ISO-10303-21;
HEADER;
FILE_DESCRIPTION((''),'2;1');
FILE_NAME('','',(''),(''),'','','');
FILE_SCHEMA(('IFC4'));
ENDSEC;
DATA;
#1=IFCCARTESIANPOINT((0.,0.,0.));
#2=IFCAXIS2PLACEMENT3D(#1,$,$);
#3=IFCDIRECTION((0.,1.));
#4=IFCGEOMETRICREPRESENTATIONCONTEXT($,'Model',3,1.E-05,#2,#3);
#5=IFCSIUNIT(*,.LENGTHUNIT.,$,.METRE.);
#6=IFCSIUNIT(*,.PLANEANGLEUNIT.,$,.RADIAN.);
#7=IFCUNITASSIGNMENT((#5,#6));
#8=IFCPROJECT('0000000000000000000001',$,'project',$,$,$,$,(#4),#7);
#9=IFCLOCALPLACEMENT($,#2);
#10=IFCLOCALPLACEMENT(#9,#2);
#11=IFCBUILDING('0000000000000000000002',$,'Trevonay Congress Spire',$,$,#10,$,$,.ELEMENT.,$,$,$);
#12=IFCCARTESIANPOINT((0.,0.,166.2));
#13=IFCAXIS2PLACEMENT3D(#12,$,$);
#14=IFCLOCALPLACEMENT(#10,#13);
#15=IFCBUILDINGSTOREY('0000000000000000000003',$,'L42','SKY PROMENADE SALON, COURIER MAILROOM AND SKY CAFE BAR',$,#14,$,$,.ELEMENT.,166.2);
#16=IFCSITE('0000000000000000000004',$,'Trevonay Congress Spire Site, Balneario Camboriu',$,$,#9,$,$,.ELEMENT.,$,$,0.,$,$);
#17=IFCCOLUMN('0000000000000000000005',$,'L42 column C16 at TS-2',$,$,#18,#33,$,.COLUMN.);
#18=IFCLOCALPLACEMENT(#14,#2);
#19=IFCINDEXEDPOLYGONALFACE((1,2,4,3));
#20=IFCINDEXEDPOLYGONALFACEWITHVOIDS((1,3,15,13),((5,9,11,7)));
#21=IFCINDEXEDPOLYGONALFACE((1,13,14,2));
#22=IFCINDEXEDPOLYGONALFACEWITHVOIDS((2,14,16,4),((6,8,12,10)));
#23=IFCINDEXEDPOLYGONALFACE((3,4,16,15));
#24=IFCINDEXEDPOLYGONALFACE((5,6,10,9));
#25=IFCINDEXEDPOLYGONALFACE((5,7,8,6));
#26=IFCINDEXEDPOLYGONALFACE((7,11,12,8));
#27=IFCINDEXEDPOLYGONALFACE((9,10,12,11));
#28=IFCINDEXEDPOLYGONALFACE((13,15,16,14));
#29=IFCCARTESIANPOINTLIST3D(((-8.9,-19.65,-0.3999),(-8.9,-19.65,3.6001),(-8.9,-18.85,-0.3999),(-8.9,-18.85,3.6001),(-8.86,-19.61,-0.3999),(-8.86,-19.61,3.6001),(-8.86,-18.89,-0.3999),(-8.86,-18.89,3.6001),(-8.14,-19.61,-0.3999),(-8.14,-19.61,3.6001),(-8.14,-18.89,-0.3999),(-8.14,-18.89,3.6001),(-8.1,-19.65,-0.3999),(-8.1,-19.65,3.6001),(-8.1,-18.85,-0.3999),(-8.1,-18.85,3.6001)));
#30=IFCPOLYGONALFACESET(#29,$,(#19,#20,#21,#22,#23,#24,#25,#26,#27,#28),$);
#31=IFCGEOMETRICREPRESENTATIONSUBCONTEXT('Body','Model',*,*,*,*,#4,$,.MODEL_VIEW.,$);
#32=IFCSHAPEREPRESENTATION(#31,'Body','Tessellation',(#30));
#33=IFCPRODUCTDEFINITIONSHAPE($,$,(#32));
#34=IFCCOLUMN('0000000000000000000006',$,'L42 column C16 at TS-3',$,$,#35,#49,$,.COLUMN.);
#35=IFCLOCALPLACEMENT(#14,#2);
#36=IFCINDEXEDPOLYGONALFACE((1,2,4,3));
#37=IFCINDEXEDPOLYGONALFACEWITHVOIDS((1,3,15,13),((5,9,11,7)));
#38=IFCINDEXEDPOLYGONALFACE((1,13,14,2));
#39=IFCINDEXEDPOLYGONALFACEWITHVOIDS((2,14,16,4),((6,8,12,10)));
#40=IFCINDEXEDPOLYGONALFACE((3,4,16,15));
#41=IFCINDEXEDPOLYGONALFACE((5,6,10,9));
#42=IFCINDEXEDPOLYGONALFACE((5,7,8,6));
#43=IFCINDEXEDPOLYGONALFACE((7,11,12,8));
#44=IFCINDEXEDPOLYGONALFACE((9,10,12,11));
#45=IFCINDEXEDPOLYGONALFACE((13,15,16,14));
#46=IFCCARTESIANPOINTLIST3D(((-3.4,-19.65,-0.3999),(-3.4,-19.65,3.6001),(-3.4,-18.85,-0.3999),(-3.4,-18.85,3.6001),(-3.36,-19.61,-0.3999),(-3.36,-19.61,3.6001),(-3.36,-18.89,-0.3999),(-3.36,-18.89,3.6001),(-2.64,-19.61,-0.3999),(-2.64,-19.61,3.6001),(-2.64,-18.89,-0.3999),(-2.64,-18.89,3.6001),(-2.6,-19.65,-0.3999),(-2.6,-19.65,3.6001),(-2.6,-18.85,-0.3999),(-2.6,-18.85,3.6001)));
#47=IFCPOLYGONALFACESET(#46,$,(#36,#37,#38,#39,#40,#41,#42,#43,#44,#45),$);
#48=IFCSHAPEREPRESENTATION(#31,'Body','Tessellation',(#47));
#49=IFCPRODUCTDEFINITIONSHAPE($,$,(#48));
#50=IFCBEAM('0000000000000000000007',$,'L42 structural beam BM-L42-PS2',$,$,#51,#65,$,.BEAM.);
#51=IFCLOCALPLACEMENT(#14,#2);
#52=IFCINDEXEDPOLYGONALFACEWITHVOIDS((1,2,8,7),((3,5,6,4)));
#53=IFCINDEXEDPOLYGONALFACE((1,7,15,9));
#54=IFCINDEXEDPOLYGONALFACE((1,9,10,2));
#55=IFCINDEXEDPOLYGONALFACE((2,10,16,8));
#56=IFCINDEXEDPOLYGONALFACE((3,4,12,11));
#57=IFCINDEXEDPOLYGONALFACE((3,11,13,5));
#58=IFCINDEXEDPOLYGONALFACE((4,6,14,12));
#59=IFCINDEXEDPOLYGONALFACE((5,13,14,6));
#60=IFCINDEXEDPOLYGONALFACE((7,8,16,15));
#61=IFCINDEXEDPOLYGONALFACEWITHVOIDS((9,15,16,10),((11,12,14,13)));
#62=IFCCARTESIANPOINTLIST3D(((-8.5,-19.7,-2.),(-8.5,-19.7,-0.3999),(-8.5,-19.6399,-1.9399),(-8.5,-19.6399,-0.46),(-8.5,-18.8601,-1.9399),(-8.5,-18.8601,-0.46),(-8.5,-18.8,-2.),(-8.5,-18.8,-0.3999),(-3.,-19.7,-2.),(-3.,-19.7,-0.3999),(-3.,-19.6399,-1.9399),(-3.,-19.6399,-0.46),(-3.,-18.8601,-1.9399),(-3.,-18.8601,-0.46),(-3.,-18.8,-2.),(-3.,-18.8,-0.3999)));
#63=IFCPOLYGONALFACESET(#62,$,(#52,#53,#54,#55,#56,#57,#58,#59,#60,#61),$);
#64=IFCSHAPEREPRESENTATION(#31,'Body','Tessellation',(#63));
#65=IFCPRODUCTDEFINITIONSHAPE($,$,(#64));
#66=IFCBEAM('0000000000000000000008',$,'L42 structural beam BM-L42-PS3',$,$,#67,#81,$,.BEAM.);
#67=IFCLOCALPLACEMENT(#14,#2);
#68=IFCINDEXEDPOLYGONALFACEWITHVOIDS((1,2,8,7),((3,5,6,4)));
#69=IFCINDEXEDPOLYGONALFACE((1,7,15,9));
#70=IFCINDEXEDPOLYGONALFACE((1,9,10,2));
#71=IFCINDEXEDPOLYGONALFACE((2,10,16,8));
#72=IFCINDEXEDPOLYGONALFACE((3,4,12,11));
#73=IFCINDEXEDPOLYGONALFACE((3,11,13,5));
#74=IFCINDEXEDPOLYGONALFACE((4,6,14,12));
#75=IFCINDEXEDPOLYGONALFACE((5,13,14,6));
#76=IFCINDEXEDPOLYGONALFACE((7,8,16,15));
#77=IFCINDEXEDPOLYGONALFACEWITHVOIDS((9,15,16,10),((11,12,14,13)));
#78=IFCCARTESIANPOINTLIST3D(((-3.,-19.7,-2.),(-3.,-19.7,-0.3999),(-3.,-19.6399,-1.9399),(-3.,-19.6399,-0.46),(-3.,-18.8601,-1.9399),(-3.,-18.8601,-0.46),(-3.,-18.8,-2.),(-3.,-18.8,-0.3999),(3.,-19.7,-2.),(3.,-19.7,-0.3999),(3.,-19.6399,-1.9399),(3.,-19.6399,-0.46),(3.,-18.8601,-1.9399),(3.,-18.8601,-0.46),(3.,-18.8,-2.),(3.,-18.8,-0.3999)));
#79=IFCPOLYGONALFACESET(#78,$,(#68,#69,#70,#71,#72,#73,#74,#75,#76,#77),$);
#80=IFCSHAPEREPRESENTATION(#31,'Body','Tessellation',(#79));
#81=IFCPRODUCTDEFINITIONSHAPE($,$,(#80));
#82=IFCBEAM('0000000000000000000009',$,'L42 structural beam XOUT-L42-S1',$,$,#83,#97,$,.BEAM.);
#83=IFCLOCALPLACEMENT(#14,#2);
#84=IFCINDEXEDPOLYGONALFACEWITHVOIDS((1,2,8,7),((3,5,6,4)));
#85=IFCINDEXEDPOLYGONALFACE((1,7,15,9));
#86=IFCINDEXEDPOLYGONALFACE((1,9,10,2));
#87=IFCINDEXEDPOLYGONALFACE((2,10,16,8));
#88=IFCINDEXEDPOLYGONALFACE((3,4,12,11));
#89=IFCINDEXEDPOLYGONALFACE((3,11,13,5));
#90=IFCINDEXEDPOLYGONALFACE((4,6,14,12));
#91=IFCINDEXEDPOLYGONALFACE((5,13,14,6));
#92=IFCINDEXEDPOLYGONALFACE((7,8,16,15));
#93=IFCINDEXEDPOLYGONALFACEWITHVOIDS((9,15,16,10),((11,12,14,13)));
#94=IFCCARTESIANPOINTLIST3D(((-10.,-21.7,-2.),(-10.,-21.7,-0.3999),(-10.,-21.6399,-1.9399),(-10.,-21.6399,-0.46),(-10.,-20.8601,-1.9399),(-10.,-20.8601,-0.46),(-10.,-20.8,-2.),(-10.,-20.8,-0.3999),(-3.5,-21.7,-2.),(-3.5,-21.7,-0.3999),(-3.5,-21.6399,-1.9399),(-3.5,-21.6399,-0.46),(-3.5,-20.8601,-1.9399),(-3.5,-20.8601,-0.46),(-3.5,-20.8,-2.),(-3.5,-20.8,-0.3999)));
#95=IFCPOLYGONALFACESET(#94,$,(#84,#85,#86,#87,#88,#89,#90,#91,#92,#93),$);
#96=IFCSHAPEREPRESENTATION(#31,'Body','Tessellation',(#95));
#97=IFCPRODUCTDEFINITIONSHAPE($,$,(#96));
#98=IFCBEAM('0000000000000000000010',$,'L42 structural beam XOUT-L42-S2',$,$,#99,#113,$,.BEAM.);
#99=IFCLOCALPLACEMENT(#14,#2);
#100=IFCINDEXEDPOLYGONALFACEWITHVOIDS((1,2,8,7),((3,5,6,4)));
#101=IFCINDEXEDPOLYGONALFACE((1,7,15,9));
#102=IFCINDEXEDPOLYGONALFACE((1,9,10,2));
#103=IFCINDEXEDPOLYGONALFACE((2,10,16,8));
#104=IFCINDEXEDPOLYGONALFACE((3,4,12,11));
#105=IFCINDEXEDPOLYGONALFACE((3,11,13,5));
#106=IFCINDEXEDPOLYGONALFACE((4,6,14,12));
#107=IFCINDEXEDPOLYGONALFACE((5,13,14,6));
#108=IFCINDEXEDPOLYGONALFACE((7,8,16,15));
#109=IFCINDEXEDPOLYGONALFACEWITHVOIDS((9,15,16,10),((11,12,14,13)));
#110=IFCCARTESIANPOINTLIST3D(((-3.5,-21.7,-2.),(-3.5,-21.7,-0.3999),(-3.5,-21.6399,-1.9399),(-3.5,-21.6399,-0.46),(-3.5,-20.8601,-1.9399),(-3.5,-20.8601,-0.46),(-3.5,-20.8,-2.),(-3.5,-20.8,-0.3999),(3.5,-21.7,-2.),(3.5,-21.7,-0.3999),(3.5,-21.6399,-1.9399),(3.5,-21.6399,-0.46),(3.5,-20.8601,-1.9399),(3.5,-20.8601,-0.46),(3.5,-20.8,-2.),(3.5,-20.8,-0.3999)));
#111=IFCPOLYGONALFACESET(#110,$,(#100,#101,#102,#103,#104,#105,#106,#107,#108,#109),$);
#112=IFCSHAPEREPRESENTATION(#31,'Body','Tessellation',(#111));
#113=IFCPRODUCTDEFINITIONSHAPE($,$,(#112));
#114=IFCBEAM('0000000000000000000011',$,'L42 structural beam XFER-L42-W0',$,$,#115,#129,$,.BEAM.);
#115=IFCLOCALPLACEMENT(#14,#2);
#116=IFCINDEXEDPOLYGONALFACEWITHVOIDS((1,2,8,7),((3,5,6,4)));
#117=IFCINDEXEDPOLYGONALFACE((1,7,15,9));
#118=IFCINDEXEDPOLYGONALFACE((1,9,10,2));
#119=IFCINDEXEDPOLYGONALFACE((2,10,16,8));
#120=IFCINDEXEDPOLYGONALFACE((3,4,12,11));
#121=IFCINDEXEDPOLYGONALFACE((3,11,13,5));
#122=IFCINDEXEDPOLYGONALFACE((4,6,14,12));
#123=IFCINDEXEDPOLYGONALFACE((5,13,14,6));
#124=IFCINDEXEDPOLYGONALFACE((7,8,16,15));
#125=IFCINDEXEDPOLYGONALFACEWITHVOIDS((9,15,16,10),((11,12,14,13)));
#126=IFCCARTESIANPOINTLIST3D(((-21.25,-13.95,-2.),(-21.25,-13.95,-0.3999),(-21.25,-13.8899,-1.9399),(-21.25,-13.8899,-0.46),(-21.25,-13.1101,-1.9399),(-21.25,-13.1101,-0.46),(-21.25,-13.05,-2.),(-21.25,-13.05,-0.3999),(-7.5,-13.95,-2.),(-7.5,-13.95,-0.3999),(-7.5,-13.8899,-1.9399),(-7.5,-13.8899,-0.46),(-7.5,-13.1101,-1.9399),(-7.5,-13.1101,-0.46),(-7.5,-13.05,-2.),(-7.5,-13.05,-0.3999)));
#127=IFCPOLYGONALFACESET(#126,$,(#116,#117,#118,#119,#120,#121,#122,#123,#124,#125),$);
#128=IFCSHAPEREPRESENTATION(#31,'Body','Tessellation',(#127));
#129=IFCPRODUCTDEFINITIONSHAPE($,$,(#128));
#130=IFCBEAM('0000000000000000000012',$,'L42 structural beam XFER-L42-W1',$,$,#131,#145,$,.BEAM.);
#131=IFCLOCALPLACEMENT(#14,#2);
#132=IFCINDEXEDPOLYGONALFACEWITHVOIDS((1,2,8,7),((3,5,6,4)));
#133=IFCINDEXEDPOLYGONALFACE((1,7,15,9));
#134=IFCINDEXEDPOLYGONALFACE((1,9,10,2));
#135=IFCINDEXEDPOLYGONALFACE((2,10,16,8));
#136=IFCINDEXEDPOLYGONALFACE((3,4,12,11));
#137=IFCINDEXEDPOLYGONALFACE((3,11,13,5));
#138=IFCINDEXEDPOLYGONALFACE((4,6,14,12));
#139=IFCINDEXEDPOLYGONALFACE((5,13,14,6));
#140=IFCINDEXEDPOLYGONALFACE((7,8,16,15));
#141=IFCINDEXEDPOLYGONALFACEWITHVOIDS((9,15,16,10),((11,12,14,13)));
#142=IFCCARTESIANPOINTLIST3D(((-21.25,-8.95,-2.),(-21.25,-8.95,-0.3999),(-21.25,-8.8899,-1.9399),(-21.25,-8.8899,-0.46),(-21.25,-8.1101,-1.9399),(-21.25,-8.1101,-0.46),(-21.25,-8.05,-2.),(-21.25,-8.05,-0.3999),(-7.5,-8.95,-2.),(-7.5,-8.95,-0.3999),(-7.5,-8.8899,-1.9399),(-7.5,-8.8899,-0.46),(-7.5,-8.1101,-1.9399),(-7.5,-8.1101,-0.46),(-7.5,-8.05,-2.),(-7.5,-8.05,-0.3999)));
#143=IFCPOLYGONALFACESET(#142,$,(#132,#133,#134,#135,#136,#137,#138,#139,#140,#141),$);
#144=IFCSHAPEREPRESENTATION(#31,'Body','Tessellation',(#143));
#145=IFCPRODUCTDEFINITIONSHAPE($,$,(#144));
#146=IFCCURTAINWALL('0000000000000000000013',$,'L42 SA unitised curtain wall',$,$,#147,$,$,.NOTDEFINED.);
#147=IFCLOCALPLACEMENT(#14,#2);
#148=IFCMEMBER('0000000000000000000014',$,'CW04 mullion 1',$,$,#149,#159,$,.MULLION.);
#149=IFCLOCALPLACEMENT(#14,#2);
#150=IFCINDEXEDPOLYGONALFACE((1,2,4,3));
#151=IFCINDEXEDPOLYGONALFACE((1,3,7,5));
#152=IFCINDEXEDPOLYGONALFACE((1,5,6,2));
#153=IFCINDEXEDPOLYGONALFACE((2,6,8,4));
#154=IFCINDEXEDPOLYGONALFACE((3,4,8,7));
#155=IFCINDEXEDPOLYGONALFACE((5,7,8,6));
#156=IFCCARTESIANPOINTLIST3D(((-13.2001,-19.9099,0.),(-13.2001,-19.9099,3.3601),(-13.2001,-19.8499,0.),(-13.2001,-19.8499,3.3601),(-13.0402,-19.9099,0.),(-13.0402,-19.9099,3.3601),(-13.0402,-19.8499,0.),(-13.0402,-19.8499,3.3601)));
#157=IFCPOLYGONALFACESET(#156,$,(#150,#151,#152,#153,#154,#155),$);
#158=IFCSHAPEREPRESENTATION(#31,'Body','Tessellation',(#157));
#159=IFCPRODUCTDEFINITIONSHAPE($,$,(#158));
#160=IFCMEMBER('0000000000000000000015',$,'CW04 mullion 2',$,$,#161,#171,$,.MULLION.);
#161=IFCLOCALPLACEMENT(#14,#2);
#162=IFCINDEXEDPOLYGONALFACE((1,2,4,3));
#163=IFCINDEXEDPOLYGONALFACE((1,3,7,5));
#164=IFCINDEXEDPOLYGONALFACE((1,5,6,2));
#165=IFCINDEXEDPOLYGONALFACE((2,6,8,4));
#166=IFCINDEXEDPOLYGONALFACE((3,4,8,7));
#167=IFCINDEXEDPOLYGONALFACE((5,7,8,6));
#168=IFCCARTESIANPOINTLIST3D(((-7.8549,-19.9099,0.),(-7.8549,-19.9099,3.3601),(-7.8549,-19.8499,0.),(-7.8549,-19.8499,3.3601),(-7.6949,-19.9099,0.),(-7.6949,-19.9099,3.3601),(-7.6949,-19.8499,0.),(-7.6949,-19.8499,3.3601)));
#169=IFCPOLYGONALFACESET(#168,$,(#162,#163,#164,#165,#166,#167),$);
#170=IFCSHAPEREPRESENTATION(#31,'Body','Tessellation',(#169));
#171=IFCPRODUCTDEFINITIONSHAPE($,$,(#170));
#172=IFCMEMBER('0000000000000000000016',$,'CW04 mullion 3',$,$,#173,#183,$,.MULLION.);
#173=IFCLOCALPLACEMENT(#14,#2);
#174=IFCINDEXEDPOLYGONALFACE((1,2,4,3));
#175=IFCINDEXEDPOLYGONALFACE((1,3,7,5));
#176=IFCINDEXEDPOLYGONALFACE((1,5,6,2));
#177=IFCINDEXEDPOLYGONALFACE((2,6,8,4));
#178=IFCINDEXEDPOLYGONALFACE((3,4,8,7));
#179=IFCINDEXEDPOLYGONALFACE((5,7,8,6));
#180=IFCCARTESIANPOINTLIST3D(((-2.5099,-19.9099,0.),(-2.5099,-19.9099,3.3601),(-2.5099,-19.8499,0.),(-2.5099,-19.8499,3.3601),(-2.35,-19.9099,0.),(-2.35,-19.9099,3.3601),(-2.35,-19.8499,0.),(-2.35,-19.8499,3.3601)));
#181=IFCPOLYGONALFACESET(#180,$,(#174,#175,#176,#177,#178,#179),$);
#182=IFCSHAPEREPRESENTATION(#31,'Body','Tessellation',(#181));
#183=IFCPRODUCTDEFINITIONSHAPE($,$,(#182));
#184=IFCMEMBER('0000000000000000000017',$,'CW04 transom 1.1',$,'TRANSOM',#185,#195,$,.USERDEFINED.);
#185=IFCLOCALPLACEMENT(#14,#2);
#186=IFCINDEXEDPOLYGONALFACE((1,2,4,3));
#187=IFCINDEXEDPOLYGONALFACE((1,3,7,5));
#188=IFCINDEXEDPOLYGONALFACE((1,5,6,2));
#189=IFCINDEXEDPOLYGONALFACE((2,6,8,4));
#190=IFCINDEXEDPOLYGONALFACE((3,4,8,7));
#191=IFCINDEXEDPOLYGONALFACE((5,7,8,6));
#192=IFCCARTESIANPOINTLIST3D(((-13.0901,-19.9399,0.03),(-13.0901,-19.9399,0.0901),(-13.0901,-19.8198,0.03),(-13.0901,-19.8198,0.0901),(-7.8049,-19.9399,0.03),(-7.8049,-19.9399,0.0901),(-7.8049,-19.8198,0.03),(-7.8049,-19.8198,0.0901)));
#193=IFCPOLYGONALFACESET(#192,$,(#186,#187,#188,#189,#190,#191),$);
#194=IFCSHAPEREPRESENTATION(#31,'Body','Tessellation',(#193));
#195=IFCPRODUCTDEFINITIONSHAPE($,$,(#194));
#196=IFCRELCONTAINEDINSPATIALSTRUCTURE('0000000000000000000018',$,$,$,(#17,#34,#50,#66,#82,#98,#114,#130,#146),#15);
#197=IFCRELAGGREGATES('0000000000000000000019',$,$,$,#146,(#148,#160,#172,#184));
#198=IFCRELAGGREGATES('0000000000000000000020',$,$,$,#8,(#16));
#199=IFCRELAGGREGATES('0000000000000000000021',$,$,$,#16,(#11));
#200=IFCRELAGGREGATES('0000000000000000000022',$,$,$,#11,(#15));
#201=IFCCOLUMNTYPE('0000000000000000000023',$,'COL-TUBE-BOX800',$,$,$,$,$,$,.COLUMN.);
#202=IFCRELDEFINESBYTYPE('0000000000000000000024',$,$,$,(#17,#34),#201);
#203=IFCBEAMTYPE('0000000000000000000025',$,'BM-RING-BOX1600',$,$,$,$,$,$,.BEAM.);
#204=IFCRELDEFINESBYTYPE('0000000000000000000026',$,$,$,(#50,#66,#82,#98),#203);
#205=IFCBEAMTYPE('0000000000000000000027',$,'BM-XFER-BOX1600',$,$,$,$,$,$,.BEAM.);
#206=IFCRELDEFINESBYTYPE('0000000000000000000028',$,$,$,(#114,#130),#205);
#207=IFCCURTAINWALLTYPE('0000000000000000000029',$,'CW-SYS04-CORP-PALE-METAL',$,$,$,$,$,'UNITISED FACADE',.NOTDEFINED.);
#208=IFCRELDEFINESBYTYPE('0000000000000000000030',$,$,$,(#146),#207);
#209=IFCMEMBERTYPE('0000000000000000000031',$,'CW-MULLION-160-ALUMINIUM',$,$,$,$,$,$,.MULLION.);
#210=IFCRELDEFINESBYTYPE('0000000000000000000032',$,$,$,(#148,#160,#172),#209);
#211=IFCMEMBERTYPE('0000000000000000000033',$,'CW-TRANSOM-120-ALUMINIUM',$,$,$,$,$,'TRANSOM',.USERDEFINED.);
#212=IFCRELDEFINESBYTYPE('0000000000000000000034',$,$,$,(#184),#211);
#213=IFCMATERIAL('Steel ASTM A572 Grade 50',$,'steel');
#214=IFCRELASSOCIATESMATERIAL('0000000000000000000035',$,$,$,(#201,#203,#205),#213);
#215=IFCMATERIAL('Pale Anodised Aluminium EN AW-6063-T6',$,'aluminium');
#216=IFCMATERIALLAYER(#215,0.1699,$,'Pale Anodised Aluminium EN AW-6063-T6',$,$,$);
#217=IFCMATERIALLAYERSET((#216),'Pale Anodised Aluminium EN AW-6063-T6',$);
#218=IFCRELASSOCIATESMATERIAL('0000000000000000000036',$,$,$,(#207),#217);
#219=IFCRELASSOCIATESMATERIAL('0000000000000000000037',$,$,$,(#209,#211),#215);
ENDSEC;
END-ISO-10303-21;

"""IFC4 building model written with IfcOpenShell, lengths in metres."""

from ifc_helpers import new_model, si_unit, direction, frame, origin, origin_2d, place, context, subcontext, project, spatial, rectangle, hollow_rectangle, extrude, material, layer, layer_set, material_profile, profile_set, type_object, element, aggregate, save


model = new_model("IFC4")

# Units and contexts
model_context = context("Model", 3, precision=1e-05, world=origin(), true_north=direction((0.0, 1.0)))
body_context = subcontext(model_context, "Body", "Model", "MODEL_VIEW")
ifc_project = project(units=[si_unit("LENGTHUNIT", "METRE"), si_unit("PLANEANGLEUNIT", "RADIAN")], contexts=[model_context])

# Site, building, storey
site_placement = place(None, origin())
site = spatial("IfcSite", under=ifc_project, at=site_placement, Name="Trevonay Congress Spire Site, Balneario Camboriu", CompositionType="ELEMENT", RefElevation=0.0)
building_placement = place(site_placement, origin())
building = spatial("IfcBuilding", under=site, at=building_placement, Name="Trevonay Congress Spire", CompositionType="ELEMENT")
storey_placement = place(building_placement, frame((0.0, 0.0, 166.2)))
storey = spatial("IfcBuildingStorey", under=building, at=storey_placement, Name="L42", Description="SKY PROMENADE SALON, COURIER MAILROOM AND SKY CAFE BAR", CompositionType="ELEMENT", Elevation=166.2)

# Columns
ifc_material_1 = material(Name="Steel ASTM A572 Grade 50", Category="steel")
ifc_material_profile_1 = material_profile(ifc_material_1, hollow_rectangle(XDim=0.8, YDim=0.8, WallThickness=0.04, at=origin_2d()), Name="BOX 800x800x40")
ifc_profile_set_1 = profile_set([ifc_material_profile_1], Name="Steel ASTM A572 Grade 50")
column_type = type_object("IfcColumnType", Name="COL-TUBE-BOX800", PredefinedType="COLUMN", material=ifc_profile_set_1)
for number, where, z_axis, x_axis, name in (
    (1, (-8.5, -19.25, -0.3999), (0.0, 0.0, 1.0), (1.0, 0.0, 0.0), "L42 column C16 at TS-2"),
    (2, (-3.0, -19.25, -0.3999), (0.0, 0.0, 1.0), (1.0, 0.0, 0.0), "L42 column C16 at TS-3"),
):
    element("IfcColumn", number, at=place(storey_placement, frame(where, z_axis=z_axis, x_axis=x_axis)), inside=storey, type_object=column_type, Name=name, PredefinedType="COLUMN", context=body_context, shape_type="SweptSolid", body=[
        extrude(hollow_rectangle(XDim=0.8, YDim=0.8, WallThickness=0.04, at=origin_2d()), origin(), (0.0, 0.0, 1.0), 4.0),
    ])

# Beams
ifc_material_profile_2 = material_profile(ifc_material_1, hollow_rectangle(XDim=0.8999, YDim=1.6001, WallThickness=0.0601, at=origin_2d()), Name="BOX 1600x900x60")
ifc_profile_set_2 = profile_set([ifc_material_profile_2], Name="Steel ASTM A572 Grade 50")
beam_type_1 = type_object("IfcBeamType", Name="BM-RING-BOX1600", PredefinedType="BEAM", material=ifc_profile_set_2)
beam_1_placement = place(storey_placement, frame((-8.5, -19.25, -1.2), z_axis=(1.0, 0.0, 0.0), x_axis=(0.0, 1.0, 0.0)))
element("IfcBeam", 3, at=beam_1_placement, inside=storey, type_object=beam_type_1, Name="L42 structural beam BM-L42-PS2", PredefinedType="BEAM", context=body_context, shape_type="SweptSolid", body=[
    extrude(hollow_rectangle(XDim=0.8999, YDim=1.6001, WallThickness=0.0601, at=origin_2d()), origin(), (0.0, 0.0, 1.0), 5.5),
])
beam_2_placement = place(storey_placement, frame((-3.0, -19.25, -1.2), z_axis=(1.0, 0.0, 0.0), x_axis=(0.0, 1.0, 0.0)))
element("IfcBeam", 4, at=beam_2_placement, inside=storey, type_object=beam_type_1, Name="L42 structural beam BM-L42-PS3", PredefinedType="BEAM", context=body_context, shape_type="SweptSolid", body=[
    extrude(hollow_rectangle(XDim=0.8999, YDim=1.6001, WallThickness=0.0601, at=origin_2d()), origin(), (0.0, 0.0, 1.0), 6.0),
])
beam_3_placement = place(storey_placement, frame((-10.0, -21.25, -1.2), z_axis=(1.0, 0.0, 0.0), x_axis=(0.0, 1.0, 0.0)))
element("IfcBeam", 5, at=beam_3_placement, inside=storey, type_object=beam_type_1, Name="L42 structural beam XOUT-L42-S1", PredefinedType="BEAM", context=body_context, shape_type="SweptSolid", body=[
    extrude(hollow_rectangle(XDim=0.8999, YDim=1.6001, WallThickness=0.0601, at=origin_2d()), origin(), (0.0, 0.0, 1.0), 6.5),
])
beam_4_placement = place(storey_placement, frame((-3.5, -21.25, -1.2), z_axis=(1.0, 0.0, 0.0), x_axis=(0.0, 1.0, 0.0)))
element("IfcBeam", 6, at=beam_4_placement, inside=storey, type_object=beam_type_1, Name="L42 structural beam XOUT-L42-S2", PredefinedType="BEAM", context=body_context, shape_type="SweptSolid", body=[
    extrude(hollow_rectangle(XDim=0.8999, YDim=1.6001, WallThickness=0.0601, at=origin_2d()), origin(), (0.0, 0.0, 1.0), 7.0),
])
ifc_material_profile_3 = material_profile(ifc_material_1, hollow_rectangle(XDim=0.8999, YDim=1.6001, WallThickness=0.0601, at=origin_2d()), Name="BOX 1600x900x60")
ifc_profile_set_3 = profile_set([ifc_material_profile_3], Name="Steel ASTM A572 Grade 50")
beam_type_2 = type_object("IfcBeamType", Name="BM-XFER-BOX1600", PredefinedType="BEAM", material=ifc_profile_set_3)
for number, where, z_axis, x_axis, name in (
    (7, (-7.5, -13.5, -1.2), (-1.0, 0.0, 0.0), (0.0, -1.0, 0.0), "L42 structural beam XFER-L42-W0"),
    (8, (-7.5, -8.5, -1.2), (-1.0, 0.0, 0.0), (0.0, -1.0, 0.0), "L42 structural beam XFER-L42-W1"),
):
    element("IfcBeam", number, at=place(storey_placement, frame(where, z_axis=z_axis, x_axis=x_axis)), inside=storey, type_object=beam_type_2, Name=name, PredefinedType="BEAM", context=body_context, shape_type="SweptSolid", body=[
        extrude(hollow_rectangle(XDim=0.8999, YDim=1.6001, WallThickness=0.0601, at=origin_2d()), origin(), (0.0, 0.0, 1.0), 13.75),
    ])

# Curtain wall, members
ifc_material_2 = material(Name="Pale Anodised Aluminium EN AW-6063-T6", Category="aluminium")
ifc_layer_1 = layer(ifc_material_2, 0.1699, Name="Pale Anodised Aluminium EN AW-6063-T6")
ifc_layer_set_1 = layer_set([ifc_layer_1], Name="Pale Anodised Aluminium EN AW-6063-T6")
curtain_wall_type = type_object("IfcCurtainWallType", Name="CW-SYS04-CORP-PALE-METAL", ElementType="UNITISED FACADE", PredefinedType="NOTDEFINED", material=ifc_layer_set_1)
curtain_wall_placement = place(storey_placement, origin())
curtain_wall = element("IfcCurtainWall", 9, at=curtain_wall_placement, inside=storey, type_object=curtain_wall_type, Name="L42 SA unitised curtain wall", PredefinedType="NOTDEFINED")
ifc_material_profile_4 = material_profile(ifc_material_2, rectangle(XDim=0.0601, YDim=0.1599, at=origin_2d()), Name="CW-MULLION-160-ALUMINIUM")
ifc_profile_set_4 = profile_set([ifc_material_profile_4], Name="Pale Anodised Aluminium EN AW-6063-T6")
member_type_1 = type_object("IfcMemberType", Name="CW-MULLION-160-ALUMINIUM", PredefinedType="MULLION", material=ifc_profile_set_4)
member_1_placement = place(storey_placement, frame((-13.1201, -19.8799, 0.0), z_axis=(0.0, 0.0, 1.0), x_axis=(0.0, 1.0, 0.0)))
member_1 = element("IfcMember", 10, at=member_1_placement, type_object=member_type_1, Name="CW04 mullion 1", PredefinedType="MULLION", context=body_context, shape_type="SweptSolid", body=[
    extrude(rectangle(XDim=0.0601, YDim=0.1599, at=origin_2d()), origin(), (0.0, 0.0, 1.0), 3.3601),
])
member_2_placement = place(storey_placement, frame((-7.7749, -19.8799, 0.0), z_axis=(0.0, 0.0, 1.0), x_axis=(0.0, 1.0, 0.0)))
member_2 = element("IfcMember", 11, at=member_2_placement, type_object=member_type_1, Name="CW04 mullion 2", PredefinedType="MULLION", context=body_context, shape_type="SweptSolid", body=[
    extrude(rectangle(XDim=0.0601, YDim=0.1599, at=origin_2d()), origin(), (0.0, 0.0, 1.0), 3.3601),
])
member_3_placement = place(storey_placement, frame((-2.4299, -19.8799, 0.0), z_axis=(0.0, 0.0, 1.0), x_axis=(0.0, 1.0, 0.0)))
member_3 = element("IfcMember", 12, at=member_3_placement, type_object=member_type_1, Name="CW04 mullion 3", PredefinedType="MULLION", context=body_context, shape_type="SweptSolid", body=[
    extrude(rectangle(XDim=0.0601, YDim=0.1599, at=origin_2d()), origin(), (0.0, 0.0, 1.0), 3.3601),
])
ifc_material_profile_5 = material_profile(ifc_material_2, rectangle(XDim=0.1201, YDim=0.0601, at=origin_2d()), Name="CW-TRANSOM-120-ALUMINIUM")
ifc_profile_set_5 = profile_set([ifc_material_profile_5], Name="Pale Anodised Aluminium EN AW-6063-T6")
member_type_2 = type_object("IfcMemberType", Name="CW-TRANSOM-120-ALUMINIUM", ElementType="TRANSOM", PredefinedType="USERDEFINED", material=ifc_profile_set_5)
member_4_placement = place(storey_placement, frame((-13.0901, -19.8799, 0.0601), z_axis=(1.0, 0.0, 0.0), x_axis=(0.0, 1.0, 0.0)))
member_4 = element("IfcMember", 13, at=member_4_placement, type_object=member_type_2, Name="CW04 transom 1.1", ObjectType="TRANSOM", PredefinedType="USERDEFINED", context=body_context, shape_type="SweptSolid", body=[
    extrude(rectangle(XDim=0.1201, YDim=0.0601, at=origin_2d()), origin(), (0.0, 0.0, 1.0), 5.2852),
])

aggregate(curtain_wall, [member_1, member_2, member_3, member_4])

save(model, "model.ifc")
